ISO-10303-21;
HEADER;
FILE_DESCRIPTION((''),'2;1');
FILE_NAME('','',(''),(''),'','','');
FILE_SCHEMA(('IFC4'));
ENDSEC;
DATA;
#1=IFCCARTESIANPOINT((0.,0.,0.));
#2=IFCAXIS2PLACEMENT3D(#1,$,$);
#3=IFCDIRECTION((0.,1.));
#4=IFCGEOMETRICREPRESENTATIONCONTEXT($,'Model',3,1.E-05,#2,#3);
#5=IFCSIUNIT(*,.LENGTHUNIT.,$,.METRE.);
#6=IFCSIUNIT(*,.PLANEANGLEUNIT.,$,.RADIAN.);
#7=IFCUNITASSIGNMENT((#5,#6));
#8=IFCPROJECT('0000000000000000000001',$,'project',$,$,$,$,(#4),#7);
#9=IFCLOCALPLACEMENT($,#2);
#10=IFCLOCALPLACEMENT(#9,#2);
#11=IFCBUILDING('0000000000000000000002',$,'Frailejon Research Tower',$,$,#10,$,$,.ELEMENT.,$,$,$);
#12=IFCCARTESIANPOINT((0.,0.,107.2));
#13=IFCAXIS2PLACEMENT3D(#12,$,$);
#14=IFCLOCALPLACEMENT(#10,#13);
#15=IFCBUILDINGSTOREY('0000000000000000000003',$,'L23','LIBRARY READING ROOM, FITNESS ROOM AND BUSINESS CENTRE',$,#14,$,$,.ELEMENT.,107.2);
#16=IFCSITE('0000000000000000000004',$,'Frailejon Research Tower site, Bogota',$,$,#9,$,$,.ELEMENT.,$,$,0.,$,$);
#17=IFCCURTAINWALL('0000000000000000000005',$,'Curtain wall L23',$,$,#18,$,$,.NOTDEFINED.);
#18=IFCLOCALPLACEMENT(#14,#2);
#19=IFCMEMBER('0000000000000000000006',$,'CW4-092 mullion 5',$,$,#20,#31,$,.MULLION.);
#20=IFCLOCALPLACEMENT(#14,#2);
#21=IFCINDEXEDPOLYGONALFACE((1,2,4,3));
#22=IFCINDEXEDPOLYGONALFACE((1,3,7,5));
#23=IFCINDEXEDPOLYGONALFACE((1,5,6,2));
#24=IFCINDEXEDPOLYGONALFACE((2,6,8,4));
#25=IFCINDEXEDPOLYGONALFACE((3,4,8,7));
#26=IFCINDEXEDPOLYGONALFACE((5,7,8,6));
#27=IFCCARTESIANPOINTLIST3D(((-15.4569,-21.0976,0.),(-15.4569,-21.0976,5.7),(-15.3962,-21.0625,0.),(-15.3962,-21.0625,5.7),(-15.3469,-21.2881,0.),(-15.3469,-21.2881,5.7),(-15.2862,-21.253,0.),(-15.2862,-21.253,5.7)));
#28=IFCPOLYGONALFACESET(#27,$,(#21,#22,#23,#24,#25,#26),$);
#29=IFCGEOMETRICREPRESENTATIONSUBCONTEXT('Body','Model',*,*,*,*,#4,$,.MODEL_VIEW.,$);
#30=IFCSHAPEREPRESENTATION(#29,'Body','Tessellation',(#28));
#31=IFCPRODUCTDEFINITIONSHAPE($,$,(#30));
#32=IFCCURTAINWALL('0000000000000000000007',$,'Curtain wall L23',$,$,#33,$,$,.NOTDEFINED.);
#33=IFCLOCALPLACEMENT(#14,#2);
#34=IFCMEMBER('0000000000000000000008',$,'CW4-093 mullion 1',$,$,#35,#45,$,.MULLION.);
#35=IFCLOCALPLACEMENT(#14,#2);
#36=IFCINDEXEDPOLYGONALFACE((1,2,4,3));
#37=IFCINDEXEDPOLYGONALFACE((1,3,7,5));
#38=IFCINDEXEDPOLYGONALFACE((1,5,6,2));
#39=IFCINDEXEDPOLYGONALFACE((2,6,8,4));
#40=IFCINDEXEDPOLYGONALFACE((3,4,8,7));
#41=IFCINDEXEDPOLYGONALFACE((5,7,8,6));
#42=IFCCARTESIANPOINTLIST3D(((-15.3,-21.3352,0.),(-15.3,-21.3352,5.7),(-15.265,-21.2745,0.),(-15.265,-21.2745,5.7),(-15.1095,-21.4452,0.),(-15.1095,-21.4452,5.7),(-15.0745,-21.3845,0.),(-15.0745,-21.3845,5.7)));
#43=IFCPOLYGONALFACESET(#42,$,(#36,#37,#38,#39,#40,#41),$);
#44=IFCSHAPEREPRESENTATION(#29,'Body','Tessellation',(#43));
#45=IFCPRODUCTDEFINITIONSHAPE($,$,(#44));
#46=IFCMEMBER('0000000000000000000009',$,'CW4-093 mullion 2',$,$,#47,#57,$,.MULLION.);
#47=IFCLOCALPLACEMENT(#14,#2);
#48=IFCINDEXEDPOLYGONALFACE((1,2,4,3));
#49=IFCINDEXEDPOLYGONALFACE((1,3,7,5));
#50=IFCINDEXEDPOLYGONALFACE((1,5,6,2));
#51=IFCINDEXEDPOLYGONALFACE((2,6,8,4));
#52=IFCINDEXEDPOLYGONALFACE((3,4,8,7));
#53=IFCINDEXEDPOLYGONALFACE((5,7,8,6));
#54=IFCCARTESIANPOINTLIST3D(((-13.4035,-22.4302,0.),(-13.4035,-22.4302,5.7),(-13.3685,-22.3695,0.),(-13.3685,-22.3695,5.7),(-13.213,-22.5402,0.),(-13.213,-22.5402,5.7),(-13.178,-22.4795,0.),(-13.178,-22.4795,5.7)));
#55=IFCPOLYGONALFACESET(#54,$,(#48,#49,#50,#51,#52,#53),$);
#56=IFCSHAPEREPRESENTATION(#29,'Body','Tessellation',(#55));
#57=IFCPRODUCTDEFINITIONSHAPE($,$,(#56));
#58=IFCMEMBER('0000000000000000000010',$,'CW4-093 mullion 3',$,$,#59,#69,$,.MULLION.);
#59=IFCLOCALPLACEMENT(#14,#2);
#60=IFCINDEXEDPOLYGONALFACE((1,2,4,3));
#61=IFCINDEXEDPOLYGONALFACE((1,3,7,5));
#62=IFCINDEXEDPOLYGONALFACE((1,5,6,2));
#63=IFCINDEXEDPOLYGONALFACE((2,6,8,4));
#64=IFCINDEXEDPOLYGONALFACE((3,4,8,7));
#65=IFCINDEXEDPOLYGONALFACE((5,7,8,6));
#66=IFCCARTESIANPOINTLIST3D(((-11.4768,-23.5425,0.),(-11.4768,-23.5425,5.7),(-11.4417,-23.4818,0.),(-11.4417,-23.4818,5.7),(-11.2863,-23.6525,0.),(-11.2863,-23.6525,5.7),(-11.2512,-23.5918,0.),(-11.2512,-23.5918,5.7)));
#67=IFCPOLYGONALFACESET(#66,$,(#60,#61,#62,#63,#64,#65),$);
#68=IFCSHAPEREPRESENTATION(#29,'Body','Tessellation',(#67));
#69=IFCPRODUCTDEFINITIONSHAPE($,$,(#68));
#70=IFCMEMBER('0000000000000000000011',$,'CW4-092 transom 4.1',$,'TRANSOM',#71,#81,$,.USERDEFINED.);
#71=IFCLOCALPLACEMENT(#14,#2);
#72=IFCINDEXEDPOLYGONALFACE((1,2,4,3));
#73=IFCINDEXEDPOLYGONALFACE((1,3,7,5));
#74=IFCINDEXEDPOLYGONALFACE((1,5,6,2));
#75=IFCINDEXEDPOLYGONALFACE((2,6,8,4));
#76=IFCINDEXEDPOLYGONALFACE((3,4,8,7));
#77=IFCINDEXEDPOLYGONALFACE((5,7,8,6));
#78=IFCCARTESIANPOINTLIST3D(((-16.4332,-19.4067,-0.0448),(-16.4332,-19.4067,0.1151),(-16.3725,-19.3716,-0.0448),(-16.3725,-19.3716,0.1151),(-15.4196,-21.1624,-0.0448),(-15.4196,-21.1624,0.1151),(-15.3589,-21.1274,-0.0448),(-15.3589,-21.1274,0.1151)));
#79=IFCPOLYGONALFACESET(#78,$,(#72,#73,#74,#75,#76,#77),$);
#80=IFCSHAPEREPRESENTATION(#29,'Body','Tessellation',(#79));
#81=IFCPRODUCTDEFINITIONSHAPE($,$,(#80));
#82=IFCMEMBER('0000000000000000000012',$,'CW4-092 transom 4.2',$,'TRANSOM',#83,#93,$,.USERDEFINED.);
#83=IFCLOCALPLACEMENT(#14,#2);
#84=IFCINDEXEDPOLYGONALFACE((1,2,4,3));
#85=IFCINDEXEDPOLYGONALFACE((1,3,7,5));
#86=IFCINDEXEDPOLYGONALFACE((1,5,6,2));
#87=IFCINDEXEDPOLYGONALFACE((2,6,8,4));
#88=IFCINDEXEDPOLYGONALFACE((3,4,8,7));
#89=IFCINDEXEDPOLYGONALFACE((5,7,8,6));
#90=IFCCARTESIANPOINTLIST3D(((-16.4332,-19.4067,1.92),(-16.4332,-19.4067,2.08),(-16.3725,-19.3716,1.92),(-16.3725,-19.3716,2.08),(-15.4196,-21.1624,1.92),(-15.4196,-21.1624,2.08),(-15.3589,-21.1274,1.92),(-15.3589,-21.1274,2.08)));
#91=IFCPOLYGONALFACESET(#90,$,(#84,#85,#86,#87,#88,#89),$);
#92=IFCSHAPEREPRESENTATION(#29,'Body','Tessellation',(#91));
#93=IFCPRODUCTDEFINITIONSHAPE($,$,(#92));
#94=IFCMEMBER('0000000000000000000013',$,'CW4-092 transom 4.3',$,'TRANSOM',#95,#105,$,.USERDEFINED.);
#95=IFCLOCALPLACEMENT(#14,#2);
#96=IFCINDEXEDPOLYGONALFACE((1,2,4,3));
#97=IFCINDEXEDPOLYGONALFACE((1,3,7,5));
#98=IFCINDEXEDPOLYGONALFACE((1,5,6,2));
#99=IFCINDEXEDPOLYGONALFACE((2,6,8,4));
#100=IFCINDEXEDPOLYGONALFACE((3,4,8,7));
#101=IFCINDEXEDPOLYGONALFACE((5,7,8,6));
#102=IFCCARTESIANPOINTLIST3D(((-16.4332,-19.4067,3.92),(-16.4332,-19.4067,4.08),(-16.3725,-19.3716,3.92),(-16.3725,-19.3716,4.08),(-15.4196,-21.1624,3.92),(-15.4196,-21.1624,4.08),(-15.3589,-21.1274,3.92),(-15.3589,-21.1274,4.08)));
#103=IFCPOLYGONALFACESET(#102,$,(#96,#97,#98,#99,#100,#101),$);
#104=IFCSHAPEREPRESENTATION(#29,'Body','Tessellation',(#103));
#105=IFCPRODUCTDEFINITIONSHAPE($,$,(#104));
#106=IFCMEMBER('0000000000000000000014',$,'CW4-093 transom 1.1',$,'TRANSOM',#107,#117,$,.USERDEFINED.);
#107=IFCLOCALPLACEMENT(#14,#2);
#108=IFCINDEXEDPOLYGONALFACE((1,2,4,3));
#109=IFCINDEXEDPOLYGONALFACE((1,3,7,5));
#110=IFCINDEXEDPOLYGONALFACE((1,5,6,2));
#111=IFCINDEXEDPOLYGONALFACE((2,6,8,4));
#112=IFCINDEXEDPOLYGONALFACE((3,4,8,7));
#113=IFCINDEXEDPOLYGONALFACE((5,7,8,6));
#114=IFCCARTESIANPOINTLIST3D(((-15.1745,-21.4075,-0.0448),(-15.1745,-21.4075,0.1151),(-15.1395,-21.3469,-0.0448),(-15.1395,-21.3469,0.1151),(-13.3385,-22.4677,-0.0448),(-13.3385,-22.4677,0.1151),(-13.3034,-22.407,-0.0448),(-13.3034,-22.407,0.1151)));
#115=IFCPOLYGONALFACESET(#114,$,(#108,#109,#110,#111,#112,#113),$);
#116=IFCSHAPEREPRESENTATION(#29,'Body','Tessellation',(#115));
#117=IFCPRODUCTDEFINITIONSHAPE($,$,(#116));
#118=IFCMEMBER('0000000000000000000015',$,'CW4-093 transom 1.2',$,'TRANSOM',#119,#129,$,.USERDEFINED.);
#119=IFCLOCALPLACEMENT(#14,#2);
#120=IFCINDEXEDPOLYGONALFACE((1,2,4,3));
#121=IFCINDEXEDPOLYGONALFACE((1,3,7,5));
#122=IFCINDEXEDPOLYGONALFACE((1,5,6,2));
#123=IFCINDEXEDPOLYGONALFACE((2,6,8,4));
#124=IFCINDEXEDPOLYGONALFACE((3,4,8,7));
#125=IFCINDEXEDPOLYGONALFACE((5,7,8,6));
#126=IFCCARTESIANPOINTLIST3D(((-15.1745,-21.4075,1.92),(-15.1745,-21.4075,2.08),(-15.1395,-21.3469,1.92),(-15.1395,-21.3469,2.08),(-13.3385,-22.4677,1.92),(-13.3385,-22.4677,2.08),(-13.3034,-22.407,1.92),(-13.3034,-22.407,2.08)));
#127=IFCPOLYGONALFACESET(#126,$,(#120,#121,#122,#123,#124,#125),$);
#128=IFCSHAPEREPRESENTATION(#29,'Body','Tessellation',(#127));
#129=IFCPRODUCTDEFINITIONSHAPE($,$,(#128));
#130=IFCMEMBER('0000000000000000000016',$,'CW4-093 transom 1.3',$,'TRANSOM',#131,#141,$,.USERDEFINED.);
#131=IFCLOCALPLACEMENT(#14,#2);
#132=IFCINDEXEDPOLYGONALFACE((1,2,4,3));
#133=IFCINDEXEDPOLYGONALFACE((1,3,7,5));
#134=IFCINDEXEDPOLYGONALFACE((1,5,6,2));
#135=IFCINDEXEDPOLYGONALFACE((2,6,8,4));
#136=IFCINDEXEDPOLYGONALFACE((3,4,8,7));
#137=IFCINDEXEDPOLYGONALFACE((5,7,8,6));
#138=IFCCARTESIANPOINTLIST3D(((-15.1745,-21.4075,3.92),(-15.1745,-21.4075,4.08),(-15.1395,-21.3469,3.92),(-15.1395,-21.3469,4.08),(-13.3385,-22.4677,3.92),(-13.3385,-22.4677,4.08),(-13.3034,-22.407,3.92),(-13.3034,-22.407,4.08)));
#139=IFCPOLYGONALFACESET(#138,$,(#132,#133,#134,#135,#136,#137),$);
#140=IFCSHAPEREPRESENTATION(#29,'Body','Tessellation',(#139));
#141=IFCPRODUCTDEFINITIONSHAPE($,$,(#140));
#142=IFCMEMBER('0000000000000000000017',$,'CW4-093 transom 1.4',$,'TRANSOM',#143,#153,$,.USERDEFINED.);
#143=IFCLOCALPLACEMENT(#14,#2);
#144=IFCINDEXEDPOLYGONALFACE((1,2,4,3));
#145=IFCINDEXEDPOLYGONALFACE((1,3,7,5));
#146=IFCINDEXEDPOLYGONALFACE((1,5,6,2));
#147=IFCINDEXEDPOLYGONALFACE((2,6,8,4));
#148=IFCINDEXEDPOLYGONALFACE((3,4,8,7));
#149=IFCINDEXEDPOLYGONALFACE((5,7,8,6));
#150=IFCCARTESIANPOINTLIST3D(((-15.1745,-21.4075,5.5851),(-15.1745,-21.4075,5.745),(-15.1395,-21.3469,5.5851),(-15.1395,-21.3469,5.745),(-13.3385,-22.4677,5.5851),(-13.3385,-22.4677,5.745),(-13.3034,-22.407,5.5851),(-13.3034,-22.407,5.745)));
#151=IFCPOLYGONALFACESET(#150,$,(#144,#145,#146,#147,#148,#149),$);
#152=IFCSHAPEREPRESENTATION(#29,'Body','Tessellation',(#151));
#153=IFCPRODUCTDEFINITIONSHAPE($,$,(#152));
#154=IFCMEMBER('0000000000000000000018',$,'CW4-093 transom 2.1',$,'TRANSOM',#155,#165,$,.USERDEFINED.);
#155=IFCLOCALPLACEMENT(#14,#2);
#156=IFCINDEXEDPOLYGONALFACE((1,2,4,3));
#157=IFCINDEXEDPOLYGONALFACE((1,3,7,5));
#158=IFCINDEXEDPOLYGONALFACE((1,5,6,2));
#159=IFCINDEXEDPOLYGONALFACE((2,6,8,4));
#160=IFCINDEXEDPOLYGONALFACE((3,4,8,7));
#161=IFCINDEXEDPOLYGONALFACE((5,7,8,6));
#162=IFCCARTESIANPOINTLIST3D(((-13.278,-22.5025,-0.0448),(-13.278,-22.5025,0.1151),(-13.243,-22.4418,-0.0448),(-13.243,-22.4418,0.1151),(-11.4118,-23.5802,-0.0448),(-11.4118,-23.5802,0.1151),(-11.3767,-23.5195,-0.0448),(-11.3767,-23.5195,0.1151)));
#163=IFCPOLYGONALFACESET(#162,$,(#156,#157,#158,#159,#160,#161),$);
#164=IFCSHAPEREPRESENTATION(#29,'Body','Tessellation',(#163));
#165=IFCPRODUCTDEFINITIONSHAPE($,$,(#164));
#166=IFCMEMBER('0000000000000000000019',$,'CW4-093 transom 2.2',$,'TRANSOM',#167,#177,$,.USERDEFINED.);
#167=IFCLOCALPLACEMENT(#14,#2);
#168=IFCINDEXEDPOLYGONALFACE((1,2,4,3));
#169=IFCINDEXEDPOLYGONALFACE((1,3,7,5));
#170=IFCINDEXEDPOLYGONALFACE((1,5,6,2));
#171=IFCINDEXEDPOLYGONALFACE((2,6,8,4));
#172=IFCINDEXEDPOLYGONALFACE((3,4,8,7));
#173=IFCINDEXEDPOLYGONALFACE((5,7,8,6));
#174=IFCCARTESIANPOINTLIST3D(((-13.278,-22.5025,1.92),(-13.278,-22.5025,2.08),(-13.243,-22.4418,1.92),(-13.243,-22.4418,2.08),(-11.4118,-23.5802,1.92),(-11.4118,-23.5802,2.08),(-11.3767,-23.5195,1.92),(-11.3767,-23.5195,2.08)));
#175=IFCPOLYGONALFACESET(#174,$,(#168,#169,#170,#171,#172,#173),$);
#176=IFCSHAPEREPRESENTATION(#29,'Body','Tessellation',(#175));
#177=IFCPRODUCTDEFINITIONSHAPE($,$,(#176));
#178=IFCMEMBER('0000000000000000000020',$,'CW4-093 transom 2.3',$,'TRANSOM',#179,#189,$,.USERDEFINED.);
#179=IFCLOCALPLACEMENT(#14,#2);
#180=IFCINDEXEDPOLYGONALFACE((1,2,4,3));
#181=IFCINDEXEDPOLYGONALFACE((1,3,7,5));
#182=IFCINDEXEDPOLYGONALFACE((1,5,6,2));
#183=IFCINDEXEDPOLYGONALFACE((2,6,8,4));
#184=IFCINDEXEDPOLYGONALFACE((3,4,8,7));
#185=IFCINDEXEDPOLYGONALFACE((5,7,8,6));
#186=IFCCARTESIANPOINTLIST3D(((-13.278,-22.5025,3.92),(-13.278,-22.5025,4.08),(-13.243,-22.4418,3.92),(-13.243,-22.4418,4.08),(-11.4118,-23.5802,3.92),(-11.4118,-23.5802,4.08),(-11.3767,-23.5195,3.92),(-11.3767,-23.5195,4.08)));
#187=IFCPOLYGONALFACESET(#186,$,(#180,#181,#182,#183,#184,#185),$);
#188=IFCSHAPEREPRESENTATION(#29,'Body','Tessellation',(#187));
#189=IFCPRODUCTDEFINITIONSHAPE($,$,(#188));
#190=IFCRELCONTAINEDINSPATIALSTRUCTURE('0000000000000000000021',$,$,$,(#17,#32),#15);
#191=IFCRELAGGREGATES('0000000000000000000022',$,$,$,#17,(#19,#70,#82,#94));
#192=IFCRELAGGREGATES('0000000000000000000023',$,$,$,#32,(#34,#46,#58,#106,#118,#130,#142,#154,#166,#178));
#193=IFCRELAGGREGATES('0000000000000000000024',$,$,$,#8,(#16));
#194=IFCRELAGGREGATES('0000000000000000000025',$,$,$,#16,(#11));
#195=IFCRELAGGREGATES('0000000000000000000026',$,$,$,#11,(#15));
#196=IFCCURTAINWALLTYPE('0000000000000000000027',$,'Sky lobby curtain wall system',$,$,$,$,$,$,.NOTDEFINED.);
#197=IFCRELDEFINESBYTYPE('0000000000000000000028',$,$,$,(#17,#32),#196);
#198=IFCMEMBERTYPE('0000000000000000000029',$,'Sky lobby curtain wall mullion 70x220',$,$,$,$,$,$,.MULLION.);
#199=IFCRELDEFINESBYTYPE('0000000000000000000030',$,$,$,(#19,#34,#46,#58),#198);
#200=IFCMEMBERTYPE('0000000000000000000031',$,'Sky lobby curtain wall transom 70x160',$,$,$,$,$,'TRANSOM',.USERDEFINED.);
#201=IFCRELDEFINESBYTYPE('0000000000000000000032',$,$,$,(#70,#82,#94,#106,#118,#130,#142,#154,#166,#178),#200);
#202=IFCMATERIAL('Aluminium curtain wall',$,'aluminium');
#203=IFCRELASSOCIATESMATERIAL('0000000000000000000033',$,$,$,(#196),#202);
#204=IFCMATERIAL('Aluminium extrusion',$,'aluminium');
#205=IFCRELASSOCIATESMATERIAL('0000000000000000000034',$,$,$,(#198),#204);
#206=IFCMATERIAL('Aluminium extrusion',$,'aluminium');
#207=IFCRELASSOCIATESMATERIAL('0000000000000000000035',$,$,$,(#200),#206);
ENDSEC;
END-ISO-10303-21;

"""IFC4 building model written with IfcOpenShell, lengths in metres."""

from ifc_helpers import new_model, si_unit, direction, frame, origin, origin_2d, place, context, subcontext, project, spatial, rectangle, extrude, material, material_profile, profile_set, type_object, element, aggregate, save


model = new_model("IFC4")

# Units and contexts
model_context = context("Model", 3, precision=1e-05, world=origin(), true_north=direction((0.0, 1.0)))
body_context = subcontext(model_context, "Body", "Model", "MODEL_VIEW")
ifc_project = project(units=[si_unit("LENGTHUNIT", "METRE"), si_unit("PLANEANGLEUNIT", "RADIAN")], contexts=[model_context])

# Site, building, storey
site_placement = place(None, origin())
site = spatial("IfcSite", under=ifc_project, at=site_placement, Name="Frailejon Research Tower site, Bogota", CompositionType="ELEMENT", RefElevation=0.0)
building_placement = place(site_placement, origin())
building = spatial("IfcBuilding", under=site, at=building_placement, Name="Frailejon Research Tower", CompositionType="ELEMENT")
storey_placement = place(building_placement, frame((0.0, 0.0, 107.2)))
storey = spatial("IfcBuildingStorey", under=building, at=storey_placement, Name="L23", Description="LIBRARY READING ROOM, FITNESS ROOM AND BUSINESS CENTRE", CompositionType="ELEMENT", Elevation=107.2)

# Curtain wall, member
ifc_material_1 = material(Name="Aluminium curtain wall", Category="aluminium")
curtain_wall_type = type_object("IfcCurtainWallType", Name="Sky lobby curtain wall system", PredefinedType="NOTDEFINED", material=ifc_material_1)
curtain_wall_1_placement = place(storey_placement, origin())
curtain_wall_1 = element("IfcCurtainWall", 1, at=curtain_wall_1_placement, inside=storey, type_object=curtain_wall_type, Name="Curtain wall L23", PredefinedType="NOTDEFINED")
ifc_material_2 = material(Name="Aluminium extrusion", Category="aluminium")
ifc_material_profile_1 = material_profile(ifc_material_2, rectangle(XDim=0.0701, YDim=0.22, at=origin_2d()), Name="Sky lobby curtain wall mullion 70x220")
ifc_profile_set_1 = profile_set([ifc_material_profile_1], Name="Aluminium extrusion")
member_type_1 = type_object("IfcMemberType", Name="Sky lobby curtain wall mullion 70x220", PredefinedType="MULLION", material=ifc_profile_set_1)
member_1_placement = place(storey_placement, frame((-15.3716, -21.1753, 0.0), z_axis=(0.0, 0.0, 1.0), x_axis=(0.866026, 0.5, 0.0)))
member_1 = element("IfcMember", 2, at=member_1_placement, type_object=member_type_1, Name="CW4-092 mullion 5", PredefinedType="MULLION", context=body_context, shape_type="SweptSolid", body=[
    extrude(rectangle(XDim=0.0701, YDim=0.22, at=origin_2d()), origin(), (0.0, 0.0, 1.0), 5.7),
])

# Curtain wall, members
curtain_wall_2_placement = place(storey_placement, origin())
curtain_wall_2 = element("IfcCurtainWall", 3, at=curtain_wall_2_placement, inside=storey, type_object=curtain_wall_type, Name="Curtain wall L23", PredefinedType="NOTDEFINED")
member_2_placement = place(storey_placement, frame((-15.1873, -21.3599, 0.0), z_axis=(0.0, 0.0, 1.0), x_axis=(0.500009, 0.86602, 0.0)))
member_2 = element("IfcMember", 4, at=member_2_placement, type_object=member_type_1, Name="CW4-093 mullion 1", PredefinedType="MULLION", context=body_context, shape_type="SweptSolid", body=[
    extrude(rectangle(XDim=0.0701, YDim=0.22, at=origin_2d()), origin(), (0.0, 0.0, 1.0), 5.7),
])
member_3_placement = place(storey_placement, frame((-13.2908, -22.4548, 0.0), z_axis=(0.0, 0.0, 1.0), x_axis=(0.500009, 0.86602, 0.0)))
member_3 = element("IfcMember", 5, at=member_3_placement, type_object=member_type_1, Name="CW4-093 mullion 2", PredefinedType="MULLION", context=body_context, shape_type="SweptSolid", body=[
    extrude(rectangle(XDim=0.0701, YDim=0.22, at=origin_2d()), origin(), (0.0, 0.0, 1.0), 5.7),
])
member_4_placement = place(storey_placement, frame((-11.364, -23.5671, 0.0), z_axis=(0.0, 0.0, 1.0), x_axis=(0.500009, 0.86602, 0.0)))
member_4 = element("IfcMember", 6, at=member_4_placement, type_object=member_type_1, Name="CW4-093 mullion 3", PredefinedType="MULLION", context=body_context, shape_type="SweptSolid", body=[
    extrude(rectangle(XDim=0.0701, YDim=0.22, at=origin_2d()), origin(), (0.0, 0.0, 1.0), 5.7),
])

# Members
ifc_material_3 = material(Name="Aluminium extrusion", Category="aluminium")
ifc_material_profile_2 = material_profile(ifc_material_3, rectangle(XDim=0.0701, YDim=0.1599, at=origin_2d()), Name="Sky lobby curtain wall transom 70x160")
ifc_profile_set_2 = profile_set([ifc_material_profile_2], Name="Aluminium extrusion")
member_type_2 = type_object("IfcMemberType", Name="Sky lobby curtain wall transom 70x160", ElementType="TRANSOM", PredefinedType="USERDEFINED", material=ifc_profile_set_2)
member_5_placement = place(storey_placement, frame((-16.4028, -19.3892, 0.0352), z_axis=(0.499973, -0.866041, 0.0), x_axis=(0.866041, 0.499973, 0.0)))
member_5 = element("IfcMember", 7, at=member_5_placement, type_object=member_type_2, Name="CW4-092 transom 4.1", ObjectType="TRANSOM", PredefinedType="USERDEFINED", context=body_context, shape_type="SweptSolid", body=[
    extrude(rectangle(XDim=0.0701, YDim=0.1599, at=origin_2d()), origin(), (0.0, 0.0, 1.0), 2.0273),
])
member_6_placement = place(storey_placement, frame((-16.4028, -19.3892, 2.0), z_axis=(0.499973, -0.866041, 0.0), x_axis=(0.866041, 0.499973, 0.0)))
member_6 = element("IfcMember", 8, at=member_6_placement, type_object=member_type_2, Name="CW4-092 transom 4.2", ObjectType="TRANSOM", PredefinedType="USERDEFINED", context=body_context, shape_type="SweptSolid", body=[
    extrude(rectangle(XDim=0.0701, YDim=0.1599, at=origin_2d()), origin(), (0.0, 0.0, 1.0), 2.0273),
])
member_7_placement = place(storey_placement, frame((-16.4028, -19.3892, 4.0), z_axis=(0.499973, -0.866041, 0.0), x_axis=(0.866041, 0.499973, 0.0)))
member_7 = element("IfcMember", 9, at=member_7_placement, type_object=member_type_2, Name="CW4-092 transom 4.3", ObjectType="TRANSOM", PredefinedType="USERDEFINED", context=body_context, shape_type="SweptSolid", body=[
    extrude(rectangle(XDim=0.0701, YDim=0.1599, at=origin_2d()), origin(), (0.0, 0.0, 1.0), 2.0273),
])
member_8_placement = place(storey_placement, frame((-15.157, -21.3772, 0.0352), z_axis=(0.866009, -0.500028, 0.0), x_axis=(0.500028, 0.866009, 0.0)))
member_8 = element("IfcMember", 10, at=member_8_placement, type_object=member_type_2, Name="CW4-093 transom 1.1", ObjectType="TRANSOM", PredefinedType="USERDEFINED", context=body_context, shape_type="SweptSolid", body=[
    extrude(rectangle(XDim=0.0701, YDim=0.1599, at=origin_2d()), origin(), (0.0, 0.0, 1.0), 2.1201),
])
member_9_placement = place(storey_placement, frame((-15.157, -21.3772, 2.0), z_axis=(0.866009, -0.500028, 0.0), x_axis=(0.500028, 0.866009, 0.0)))
member_9 = element("IfcMember", 11, at=member_9_placement, type_object=member_type_2, Name="CW4-093 transom 1.2", ObjectType="TRANSOM", PredefinedType="USERDEFINED", context=body_context, shape_type="SweptSolid", body=[
    extrude(rectangle(XDim=0.0701, YDim=0.1599, at=origin_2d()), origin(), (0.0, 0.0, 1.0), 2.1201),
])
member_10_placement = place(storey_placement, frame((-15.157, -21.3772, 4.0), z_axis=(0.866009, -0.500028, 0.0), x_axis=(0.500028, 0.866009, 0.0)))
member_10 = element("IfcMember", 12, at=member_10_placement, type_object=member_type_2, Name="CW4-093 transom 1.3", ObjectType="TRANSOM", PredefinedType="USERDEFINED", context=body_context, shape_type="SweptSolid", body=[
    extrude(rectangle(XDim=0.0701, YDim=0.1599, at=origin_2d()), origin(), (0.0, 0.0, 1.0), 2.1201),
])
member_11_placement = place(storey_placement, frame((-15.157, -21.3772, 5.665), z_axis=(0.866009, -0.500028, 0.0), x_axis=(0.500028, 0.866009, 0.0)))
member_11 = element("IfcMember", 13, at=member_11_placement, type_object=member_type_2, Name="CW4-093 transom 1.4", ObjectType="TRANSOM", PredefinedType="USERDEFINED", context=body_context, shape_type="SweptSolid", body=[
    extrude(rectangle(XDim=0.0701, YDim=0.1599, at=origin_2d()), origin(), (0.0, 0.0, 1.0), 2.1201),
])
member_12_placement = place(storey_placement, frame((-13.2605, -22.4722, 0.0352), z_axis=(0.865989, -0.500062, 0.0), x_axis=(0.500062, 0.865989, 0.0)))
member_12 = element("IfcMember", 14, at=member_12_placement, type_object=member_type_2, Name="CW4-093 transom 2.1", ObjectType="TRANSOM", PredefinedType="USERDEFINED", context=body_context, shape_type="SweptSolid", body=[
    extrude(rectangle(XDim=0.0701, YDim=0.1599, at=origin_2d()), origin(), (0.0, 0.0, 1.0), 2.155),
])
member_13_placement = place(storey_placement, frame((-13.2605, -22.4722, 2.0), z_axis=(0.865989, -0.500062, 0.0), x_axis=(0.500062, 0.865989, 0.0)))
member_13 = element("IfcMember", 15, at=member_13_placement, type_object=member_type_2, Name="CW4-093 transom 2.2", ObjectType="TRANSOM", PredefinedType="USERDEFINED", context=body_context, shape_type="SweptSolid", body=[
    extrude(rectangle(XDim=0.0701, YDim=0.1599, at=origin_2d()), origin(), (0.0, 0.0, 1.0), 2.155),
])
member_14_placement = place(storey_placement, frame((-13.2605, -22.4722, 4.0), z_axis=(0.865989, -0.500062, 0.0), x_axis=(0.500062, 0.865989, 0.0)))
member_14 = element("IfcMember", 16, at=member_14_placement, type_object=member_type_2, Name="CW4-093 transom 2.3", ObjectType="TRANSOM", PredefinedType="USERDEFINED", context=body_context, shape_type="SweptSolid", body=[
    extrude(rectangle(XDim=0.0701, YDim=0.1599, at=origin_2d()), origin(), (0.0, 0.0, 1.0), 2.155),
])

aggregate(curtain_wall_1, [member_1, member_5, member_6, member_7])
aggregate(curtain_wall_2, [member_2, member_3, member_4, member_8, member_9, member_10, member_11, member_12, member_13, member_14])

save(model, "model.ifc")
